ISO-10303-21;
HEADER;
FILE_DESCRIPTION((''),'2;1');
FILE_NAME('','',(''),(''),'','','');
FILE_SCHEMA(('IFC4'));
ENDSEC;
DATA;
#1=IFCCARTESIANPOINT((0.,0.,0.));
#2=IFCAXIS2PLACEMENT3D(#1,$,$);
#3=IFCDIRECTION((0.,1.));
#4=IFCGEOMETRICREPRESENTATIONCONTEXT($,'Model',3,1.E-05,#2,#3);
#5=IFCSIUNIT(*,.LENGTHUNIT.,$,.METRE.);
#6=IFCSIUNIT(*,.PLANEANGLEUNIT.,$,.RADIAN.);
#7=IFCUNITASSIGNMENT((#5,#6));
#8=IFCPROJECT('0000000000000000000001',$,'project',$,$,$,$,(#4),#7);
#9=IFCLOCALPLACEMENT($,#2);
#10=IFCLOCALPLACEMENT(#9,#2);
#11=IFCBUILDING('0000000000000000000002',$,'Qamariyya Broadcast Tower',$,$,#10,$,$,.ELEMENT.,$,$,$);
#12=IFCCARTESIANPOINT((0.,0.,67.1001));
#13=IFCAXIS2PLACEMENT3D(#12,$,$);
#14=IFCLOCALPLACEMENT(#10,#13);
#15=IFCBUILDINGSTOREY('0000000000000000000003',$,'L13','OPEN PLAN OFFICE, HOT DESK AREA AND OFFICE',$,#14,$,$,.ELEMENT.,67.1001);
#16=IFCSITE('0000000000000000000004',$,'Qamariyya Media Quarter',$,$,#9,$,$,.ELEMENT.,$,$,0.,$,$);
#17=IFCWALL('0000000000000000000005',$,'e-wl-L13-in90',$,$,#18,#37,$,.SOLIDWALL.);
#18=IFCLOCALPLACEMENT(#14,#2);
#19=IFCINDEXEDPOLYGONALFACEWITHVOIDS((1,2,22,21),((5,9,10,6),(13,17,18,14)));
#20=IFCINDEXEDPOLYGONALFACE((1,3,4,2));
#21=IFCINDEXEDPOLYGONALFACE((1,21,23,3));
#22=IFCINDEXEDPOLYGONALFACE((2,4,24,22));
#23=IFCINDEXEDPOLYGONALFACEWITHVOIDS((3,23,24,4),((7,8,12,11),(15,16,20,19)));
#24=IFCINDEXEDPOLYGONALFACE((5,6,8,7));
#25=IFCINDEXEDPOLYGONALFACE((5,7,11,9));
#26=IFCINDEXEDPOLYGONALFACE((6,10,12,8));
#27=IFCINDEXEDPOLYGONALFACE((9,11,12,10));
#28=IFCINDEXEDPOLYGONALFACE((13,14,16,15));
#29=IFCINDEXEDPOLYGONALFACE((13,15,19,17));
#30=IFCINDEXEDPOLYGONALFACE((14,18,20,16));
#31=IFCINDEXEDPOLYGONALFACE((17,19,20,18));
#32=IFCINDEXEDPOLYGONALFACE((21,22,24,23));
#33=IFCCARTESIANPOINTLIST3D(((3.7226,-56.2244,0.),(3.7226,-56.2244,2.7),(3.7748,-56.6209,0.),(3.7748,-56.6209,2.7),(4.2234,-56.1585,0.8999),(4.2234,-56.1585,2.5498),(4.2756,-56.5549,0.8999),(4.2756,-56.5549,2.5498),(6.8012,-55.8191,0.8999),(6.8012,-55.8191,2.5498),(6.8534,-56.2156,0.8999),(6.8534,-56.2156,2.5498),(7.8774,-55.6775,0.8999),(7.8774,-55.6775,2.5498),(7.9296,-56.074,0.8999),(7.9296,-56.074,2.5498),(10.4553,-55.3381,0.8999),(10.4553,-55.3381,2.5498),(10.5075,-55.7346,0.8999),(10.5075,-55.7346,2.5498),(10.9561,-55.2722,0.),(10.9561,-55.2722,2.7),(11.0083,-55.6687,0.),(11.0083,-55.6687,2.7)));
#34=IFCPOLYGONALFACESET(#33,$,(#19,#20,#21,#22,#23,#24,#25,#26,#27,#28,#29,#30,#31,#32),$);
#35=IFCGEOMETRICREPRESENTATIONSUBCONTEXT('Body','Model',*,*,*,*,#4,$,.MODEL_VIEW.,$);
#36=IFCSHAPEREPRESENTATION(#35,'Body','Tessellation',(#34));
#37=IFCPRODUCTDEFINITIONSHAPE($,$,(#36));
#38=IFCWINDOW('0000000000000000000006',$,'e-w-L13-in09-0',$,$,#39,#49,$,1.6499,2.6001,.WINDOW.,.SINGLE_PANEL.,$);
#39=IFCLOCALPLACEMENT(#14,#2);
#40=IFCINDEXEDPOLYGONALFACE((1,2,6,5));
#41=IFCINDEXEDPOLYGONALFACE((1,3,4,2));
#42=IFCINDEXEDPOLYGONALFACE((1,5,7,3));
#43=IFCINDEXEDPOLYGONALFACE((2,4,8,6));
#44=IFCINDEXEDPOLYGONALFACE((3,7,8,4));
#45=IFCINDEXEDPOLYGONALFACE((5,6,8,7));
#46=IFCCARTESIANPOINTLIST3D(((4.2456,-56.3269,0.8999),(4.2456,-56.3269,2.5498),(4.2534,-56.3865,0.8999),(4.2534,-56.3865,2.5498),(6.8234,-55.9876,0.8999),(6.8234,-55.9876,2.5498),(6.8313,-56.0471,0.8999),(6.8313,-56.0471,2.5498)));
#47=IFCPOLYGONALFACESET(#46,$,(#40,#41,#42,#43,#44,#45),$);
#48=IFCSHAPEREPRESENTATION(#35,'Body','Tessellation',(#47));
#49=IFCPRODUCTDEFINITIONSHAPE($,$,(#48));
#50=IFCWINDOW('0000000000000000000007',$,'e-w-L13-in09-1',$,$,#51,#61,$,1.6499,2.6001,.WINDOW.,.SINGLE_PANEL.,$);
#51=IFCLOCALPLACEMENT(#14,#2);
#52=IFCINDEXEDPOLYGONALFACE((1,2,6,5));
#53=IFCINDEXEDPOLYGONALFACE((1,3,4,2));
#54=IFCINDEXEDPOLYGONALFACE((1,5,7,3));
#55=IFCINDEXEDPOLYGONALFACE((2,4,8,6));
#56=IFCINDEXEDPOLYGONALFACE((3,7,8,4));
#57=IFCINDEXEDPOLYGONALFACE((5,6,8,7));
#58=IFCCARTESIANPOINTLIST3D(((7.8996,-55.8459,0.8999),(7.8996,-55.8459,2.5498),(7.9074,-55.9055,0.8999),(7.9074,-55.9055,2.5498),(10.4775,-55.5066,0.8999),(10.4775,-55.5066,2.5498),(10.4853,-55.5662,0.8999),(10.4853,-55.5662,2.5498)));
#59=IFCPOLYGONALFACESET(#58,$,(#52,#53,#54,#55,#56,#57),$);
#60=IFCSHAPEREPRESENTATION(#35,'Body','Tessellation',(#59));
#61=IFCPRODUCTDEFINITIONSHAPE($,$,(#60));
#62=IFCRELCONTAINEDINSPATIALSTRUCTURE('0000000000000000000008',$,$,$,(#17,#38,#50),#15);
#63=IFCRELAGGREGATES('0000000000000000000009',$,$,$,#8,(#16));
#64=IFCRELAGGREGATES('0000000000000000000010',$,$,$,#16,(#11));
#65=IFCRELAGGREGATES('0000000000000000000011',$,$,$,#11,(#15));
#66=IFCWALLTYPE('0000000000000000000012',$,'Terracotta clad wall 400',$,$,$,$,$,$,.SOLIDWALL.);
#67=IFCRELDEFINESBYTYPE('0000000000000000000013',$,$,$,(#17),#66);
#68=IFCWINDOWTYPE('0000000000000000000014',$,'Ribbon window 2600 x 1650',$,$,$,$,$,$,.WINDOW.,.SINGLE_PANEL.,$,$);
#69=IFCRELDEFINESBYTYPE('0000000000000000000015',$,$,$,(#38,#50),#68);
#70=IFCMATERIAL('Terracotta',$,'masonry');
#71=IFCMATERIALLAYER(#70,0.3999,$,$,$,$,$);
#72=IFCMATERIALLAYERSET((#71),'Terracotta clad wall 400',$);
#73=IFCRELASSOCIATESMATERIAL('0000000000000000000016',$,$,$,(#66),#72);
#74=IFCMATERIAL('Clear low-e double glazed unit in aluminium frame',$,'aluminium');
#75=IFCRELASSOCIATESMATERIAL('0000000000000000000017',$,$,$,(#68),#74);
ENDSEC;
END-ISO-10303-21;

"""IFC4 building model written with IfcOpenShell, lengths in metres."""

from ifc_helpers import new_model, si_unit, direction, frame, frame_2d, origin, place, context, subcontext, project, spatial, rectangle, extrude, material, layer, layer_set, type_object, element, fill, save


model = new_model("IFC4")

# Units and contexts
model_context = context("Model", 3, precision=1e-05, world=origin(), true_north=direction((0.0, 1.0)))
body_context = subcontext(model_context, "Body", "Model", "MODEL_VIEW")
ifc_project = project(units=[si_unit("LENGTHUNIT", "METRE"), si_unit("PLANEANGLEUNIT", "RADIAN")], contexts=[model_context])

# Site, building, storey
site_placement = place(None, origin())
site = spatial("IfcSite", under=ifc_project, at=site_placement, Name="Qamariyya Media Quarter", CompositionType="ELEMENT", RefElevation=0.0)
building_placement = place(site_placement, origin())
building = spatial("IfcBuilding", under=site, at=building_placement, Name="Qamariyya Broadcast Tower", CompositionType="ELEMENT")
storey_placement = place(building_placement, frame((0.0, 0.0, 67.1001)))
storey = spatial("IfcBuildingStorey", under=building, at=storey_placement, Name="L13", Description="OPEN PLAN OFFICE, HOT DESK AREA AND OFFICE", CompositionType="ELEMENT", Elevation=67.1001)

# Wall, openings, windows
ifc_material_1 = material(Name="Terracotta", Category="masonry")
ifc_layer_1 = layer(ifc_material_1, 0.3999)
ifc_layer_set_1 = layer_set([ifc_layer_1], Name="Terracotta clad wall 400")
wall_type_1 = type_object("IfcWallType", Name="Terracotta clad wall 400", PredefinedType="SOLIDWALL", material=ifc_layer_set_1)
ifc_material_2 = material(Name="Clear low-e double glazed unit in aluminium frame", Category="aluminium")
window_type = type_object("IfcWindowType", Name="Ribbon window 2600 x 1650", PartitioningType="SINGLE_PANEL", PredefinedType="WINDOW", material=ifc_material_2)
wall_1_placement = place(storey_placement, frame((10.9822, -55.4705, 0.0), z_axis=(0.0, 0.0, 1.0), x_axis=(-0.991447, -0.130506, 0.0)))
wall_1 = element("IfcWall", 1, at=wall_1_placement, inside=storey, type_object=wall_type_1, Name="e-wl-L13-in90", PredefinedType="SOLIDWALL", context=body_context, shape_type="SweptSolid", body=[
    extrude(rectangle(XDim=7.2959, YDim=0.3999, at=frame_2d((3.6479, 0.0))), origin(), (0.0, 0.0, 1.0), 2.7),
])
opening_1_placement = place(wall_1_placement, frame((4.1907, 0.0, 0.8999)))
opening_1 = element("IfcOpeningElement", 2, at=opening_1_placement, cuts=wall_1, PredefinedType="OPENING", context=body_context, shape_type="SweptSolid", body=[
    extrude(rectangle(XDim=2.6001, YDim=1.6499, at=frame_2d((1.3, 0.825))), frame((0.0, 0.21, 0.0), z_axis=(0.0, -1.0, 0.0), x_axis=(1.0, 0.0, 0.0)), (0.0, 0.0, 1.0), 0.4199),
])
opening_2_placement = place(wall_1_placement, frame((0.5051, 0.0, 0.8999)))
opening_2 = element("IfcOpeningElement", 3, at=opening_2_placement, cuts=wall_1, PredefinedType="OPENING", context=body_context, shape_type="SweptSolid", body=[
    extrude(rectangle(XDim=2.6001, YDim=1.6499, at=frame_2d((1.3, 0.825))), frame((0.0, 0.21, 0.0), z_axis=(0.0, -1.0, 0.0), x_axis=(1.0, 0.0, 0.0)), (0.0, 0.0, 1.0), 0.4199),
])
window_1_placement = place(opening_1_placement, origin())
window_1 = element("IfcWindow", 4, at=window_1_placement, inside=storey, type_object=window_type, Name="e-w-L13-in09-0", OverallHeight=1.6499, OverallWidth=2.6001, PartitioningType="SINGLE_PANEL", PredefinedType="WINDOW", context=body_context, shape_type="SweptSolid", body=[
    extrude(rectangle(XDim=2.6001, YDim=1.6499, at=frame_2d((1.3, 0.825))), frame((0.0, 0.03, 0.0), z_axis=(0.0, -1.0, 0.0), x_axis=(1.0, 0.0, 0.0)), (0.0, 0.0, 1.0), 0.0601),
])
fill(opening_1, window_1)
window_2_placement = place(opening_2_placement, origin())
window_2 = element("IfcWindow", 5, at=window_2_placement, inside=storey, type_object=window_type, Name="e-w-L13-in09-1", OverallHeight=1.6499, OverallWidth=2.6001, PartitioningType="SINGLE_PANEL", PredefinedType="WINDOW", context=body_context, shape_type="SweptSolid", body=[
    extrude(rectangle(XDim=2.6001, YDim=1.6499, at=frame_2d((1.3, 0.825))), frame((0.0, 0.03, 0.0), z_axis=(0.0, -1.0, 0.0), x_axis=(1.0, 0.0, 0.0)), (0.0, 0.0, 1.0), 0.0601),
])
fill(opening_2, window_2)

save(model, "model.ifc")
